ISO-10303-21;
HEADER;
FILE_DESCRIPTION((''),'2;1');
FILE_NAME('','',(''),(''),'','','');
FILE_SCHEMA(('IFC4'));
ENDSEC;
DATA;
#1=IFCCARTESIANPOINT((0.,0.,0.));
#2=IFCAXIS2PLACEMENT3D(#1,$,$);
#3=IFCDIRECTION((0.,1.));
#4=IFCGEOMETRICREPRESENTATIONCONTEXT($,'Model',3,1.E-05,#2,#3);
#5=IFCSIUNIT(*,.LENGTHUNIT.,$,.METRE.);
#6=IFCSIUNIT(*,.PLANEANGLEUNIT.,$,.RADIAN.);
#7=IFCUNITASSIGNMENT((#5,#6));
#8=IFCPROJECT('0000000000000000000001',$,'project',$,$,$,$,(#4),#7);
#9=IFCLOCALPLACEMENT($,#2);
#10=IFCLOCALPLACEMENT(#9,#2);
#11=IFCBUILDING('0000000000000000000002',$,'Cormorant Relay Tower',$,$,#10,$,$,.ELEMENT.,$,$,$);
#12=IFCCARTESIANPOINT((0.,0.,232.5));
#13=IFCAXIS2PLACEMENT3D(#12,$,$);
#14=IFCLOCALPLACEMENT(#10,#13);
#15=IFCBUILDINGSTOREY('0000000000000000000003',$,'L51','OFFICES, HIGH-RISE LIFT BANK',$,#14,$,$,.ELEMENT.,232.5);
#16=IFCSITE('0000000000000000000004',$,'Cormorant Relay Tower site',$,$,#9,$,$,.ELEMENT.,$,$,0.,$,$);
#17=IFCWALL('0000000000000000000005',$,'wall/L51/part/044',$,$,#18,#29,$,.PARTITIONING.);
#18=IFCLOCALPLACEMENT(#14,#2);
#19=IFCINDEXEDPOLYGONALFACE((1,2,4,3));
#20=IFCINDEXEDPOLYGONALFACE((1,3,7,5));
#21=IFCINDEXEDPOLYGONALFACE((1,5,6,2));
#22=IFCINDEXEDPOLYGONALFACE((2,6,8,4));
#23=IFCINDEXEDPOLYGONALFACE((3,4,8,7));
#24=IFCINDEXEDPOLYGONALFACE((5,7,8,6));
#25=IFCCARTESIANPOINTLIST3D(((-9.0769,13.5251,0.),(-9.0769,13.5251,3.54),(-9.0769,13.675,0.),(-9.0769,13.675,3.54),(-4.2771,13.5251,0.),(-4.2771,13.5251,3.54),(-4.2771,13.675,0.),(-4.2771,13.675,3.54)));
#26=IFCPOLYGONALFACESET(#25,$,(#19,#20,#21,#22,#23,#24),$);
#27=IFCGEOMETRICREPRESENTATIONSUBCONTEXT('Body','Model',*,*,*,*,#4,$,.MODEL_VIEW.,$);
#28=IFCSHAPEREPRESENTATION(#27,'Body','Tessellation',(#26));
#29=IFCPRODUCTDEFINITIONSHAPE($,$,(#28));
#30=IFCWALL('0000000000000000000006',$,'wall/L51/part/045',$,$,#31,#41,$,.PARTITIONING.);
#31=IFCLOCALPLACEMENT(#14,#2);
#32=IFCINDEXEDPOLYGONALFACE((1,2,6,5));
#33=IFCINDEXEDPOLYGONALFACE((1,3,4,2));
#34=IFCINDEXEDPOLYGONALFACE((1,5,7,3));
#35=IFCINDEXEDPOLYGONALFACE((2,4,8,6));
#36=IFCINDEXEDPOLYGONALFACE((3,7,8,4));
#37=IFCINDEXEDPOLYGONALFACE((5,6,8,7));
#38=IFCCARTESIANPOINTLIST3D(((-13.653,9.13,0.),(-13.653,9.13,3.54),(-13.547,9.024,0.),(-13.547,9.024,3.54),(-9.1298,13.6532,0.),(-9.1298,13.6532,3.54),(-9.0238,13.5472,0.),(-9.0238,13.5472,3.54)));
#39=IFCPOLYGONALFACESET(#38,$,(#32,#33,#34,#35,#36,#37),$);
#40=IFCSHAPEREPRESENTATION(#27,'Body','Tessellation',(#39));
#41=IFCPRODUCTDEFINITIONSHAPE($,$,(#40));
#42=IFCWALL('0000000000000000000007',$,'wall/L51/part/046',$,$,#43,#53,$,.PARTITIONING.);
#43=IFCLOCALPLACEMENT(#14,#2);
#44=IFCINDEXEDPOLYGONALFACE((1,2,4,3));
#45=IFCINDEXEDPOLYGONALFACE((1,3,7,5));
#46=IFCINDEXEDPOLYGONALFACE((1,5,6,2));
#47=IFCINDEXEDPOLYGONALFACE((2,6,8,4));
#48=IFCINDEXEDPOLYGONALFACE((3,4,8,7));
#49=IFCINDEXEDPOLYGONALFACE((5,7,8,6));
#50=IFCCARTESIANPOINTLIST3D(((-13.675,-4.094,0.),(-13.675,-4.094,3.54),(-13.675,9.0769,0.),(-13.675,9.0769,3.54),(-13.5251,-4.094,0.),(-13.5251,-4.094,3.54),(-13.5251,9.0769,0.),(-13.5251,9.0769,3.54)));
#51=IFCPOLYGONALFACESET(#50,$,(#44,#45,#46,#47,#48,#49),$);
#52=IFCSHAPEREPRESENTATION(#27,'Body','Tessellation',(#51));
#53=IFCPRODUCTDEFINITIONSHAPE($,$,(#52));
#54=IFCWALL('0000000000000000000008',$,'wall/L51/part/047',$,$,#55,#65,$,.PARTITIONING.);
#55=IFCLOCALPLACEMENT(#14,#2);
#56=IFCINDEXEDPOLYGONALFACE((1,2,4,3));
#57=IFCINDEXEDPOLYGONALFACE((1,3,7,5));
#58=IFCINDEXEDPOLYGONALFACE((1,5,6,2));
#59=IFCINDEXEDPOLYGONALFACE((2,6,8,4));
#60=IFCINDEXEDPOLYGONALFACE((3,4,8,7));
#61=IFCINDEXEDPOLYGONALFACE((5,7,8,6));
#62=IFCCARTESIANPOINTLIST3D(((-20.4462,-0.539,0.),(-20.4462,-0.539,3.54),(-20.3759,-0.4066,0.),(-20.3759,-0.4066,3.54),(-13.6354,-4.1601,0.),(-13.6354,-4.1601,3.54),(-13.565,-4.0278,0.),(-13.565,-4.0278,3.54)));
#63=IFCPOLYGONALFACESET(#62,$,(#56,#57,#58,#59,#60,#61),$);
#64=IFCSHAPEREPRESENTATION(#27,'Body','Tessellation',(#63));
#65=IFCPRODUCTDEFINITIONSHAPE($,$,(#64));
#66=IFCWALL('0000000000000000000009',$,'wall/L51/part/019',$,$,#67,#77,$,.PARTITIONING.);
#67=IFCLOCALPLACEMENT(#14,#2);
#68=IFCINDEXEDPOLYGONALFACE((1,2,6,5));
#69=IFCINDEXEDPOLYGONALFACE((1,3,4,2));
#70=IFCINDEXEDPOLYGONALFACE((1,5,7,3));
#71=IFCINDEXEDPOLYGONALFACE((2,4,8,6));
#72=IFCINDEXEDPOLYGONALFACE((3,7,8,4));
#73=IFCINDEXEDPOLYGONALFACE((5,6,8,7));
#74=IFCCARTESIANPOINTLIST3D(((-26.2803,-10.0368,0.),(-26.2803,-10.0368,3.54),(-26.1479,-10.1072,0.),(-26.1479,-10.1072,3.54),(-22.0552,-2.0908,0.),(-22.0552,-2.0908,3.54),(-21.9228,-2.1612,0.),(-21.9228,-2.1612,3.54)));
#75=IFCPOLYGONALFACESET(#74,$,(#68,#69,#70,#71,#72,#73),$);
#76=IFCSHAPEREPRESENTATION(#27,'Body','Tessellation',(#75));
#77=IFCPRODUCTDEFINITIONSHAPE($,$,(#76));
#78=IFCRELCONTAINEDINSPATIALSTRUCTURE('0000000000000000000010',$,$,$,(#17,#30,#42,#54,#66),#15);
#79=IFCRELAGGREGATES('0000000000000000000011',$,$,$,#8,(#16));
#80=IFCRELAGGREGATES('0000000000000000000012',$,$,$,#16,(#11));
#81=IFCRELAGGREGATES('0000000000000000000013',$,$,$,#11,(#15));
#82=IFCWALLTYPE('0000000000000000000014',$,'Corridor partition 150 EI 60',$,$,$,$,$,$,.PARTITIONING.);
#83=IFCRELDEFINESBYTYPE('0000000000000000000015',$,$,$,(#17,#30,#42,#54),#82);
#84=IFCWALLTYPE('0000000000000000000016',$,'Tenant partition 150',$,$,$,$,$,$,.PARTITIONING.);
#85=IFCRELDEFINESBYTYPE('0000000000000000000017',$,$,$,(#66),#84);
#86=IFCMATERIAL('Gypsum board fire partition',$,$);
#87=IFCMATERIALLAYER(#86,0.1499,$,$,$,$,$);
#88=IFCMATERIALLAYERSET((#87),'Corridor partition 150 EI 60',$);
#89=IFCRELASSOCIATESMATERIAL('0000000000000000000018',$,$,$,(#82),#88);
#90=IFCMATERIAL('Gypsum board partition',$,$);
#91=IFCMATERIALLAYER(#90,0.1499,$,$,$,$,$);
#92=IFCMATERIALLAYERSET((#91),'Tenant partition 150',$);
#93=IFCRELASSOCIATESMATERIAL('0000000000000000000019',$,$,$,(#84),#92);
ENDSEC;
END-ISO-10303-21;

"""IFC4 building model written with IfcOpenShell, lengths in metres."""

from ifc_helpers import new_model, si_unit, direction, frame, frame_2d, origin, place, context, subcontext, project, spatial, rectangle, extrude, material, layer, layer_set, type_object, element, save


model = new_model("IFC4")

# Units and contexts
model_context = context("Model", 3, precision=1e-05, world=origin(), true_north=direction((0.0, 1.0)))
body_context = subcontext(model_context, "Body", "Model", "MODEL_VIEW")
ifc_project = project(units=[si_unit("LENGTHUNIT", "METRE"), si_unit("PLANEANGLEUNIT", "RADIAN")], contexts=[model_context])

# Site, building, storey
site_placement = place(None, origin())
site = spatial("IfcSite", under=ifc_project, at=site_placement, Name="Cormorant Relay Tower site", CompositionType="ELEMENT", RefElevation=0.0)
building_placement = place(site_placement, origin())
building = spatial("IfcBuilding", under=site, at=building_placement, Name="Cormorant Relay Tower", CompositionType="ELEMENT")
storey_placement = place(building_placement, frame((0.0, 0.0, 232.5)))
storey = spatial("IfcBuildingStorey", under=building, at=storey_placement, Name="L51", Description="OFFICES, HIGH-RISE LIFT BANK", CompositionType="ELEMENT", Elevation=232.5)

# Shared definitions
ifc_material_1 = material(Name="Gypsum board fire partition")
ifc_layer_1 = layer(ifc_material_1, 0.1499)
ifc_layer_set_1 = layer_set([ifc_layer_1], Name="Corridor partition 150 EI 60")
wall_type_1 = type_object("IfcWallType", Name="Corridor partition 150 EI 60", PredefinedType="PARTITIONING", material=ifc_layer_set_1)

# Walls
wall_1_placement = place(storey_placement, frame((-4.2771, 13.6001, 0.0), z_axis=(0.0, 0.0, 1.0), x_axis=(-1.0, 0.0, 0.0)))
element("IfcWall", 1, at=wall_1_placement, inside=storey, type_object=wall_type_1, Name="wall/L51/part/044", PredefinedType="PARTITIONING", context=body_context, shape_type="SweptSolid", body=[
    extrude(rectangle(XDim=4.7998, YDim=0.1499, at=frame_2d((2.3999, 0.0))), origin(), (0.0, 0.0, 1.0), 3.54),
])
wall_2_placement = place(storey_placement, frame((-9.0769, 13.6001, 0.0), z_axis=(0.0, 0.0, 1.0), x_axis=(-0.707107, -0.707107, 0.0)))
element("IfcWall", 2, at=wall_2_placement, inside=storey, type_object=wall_type_1, Name="wall/L51/part/045", PredefinedType="PARTITIONING", context=body_context, shape_type="SweptSolid", body=[
    extrude(rectangle(XDim=6.3967, YDim=0.1499, at=frame_2d((3.1982, 0.0))), origin(), (0.0, 0.0, 1.0), 3.54),
])
wall_3_placement = place(storey_placement, frame((-13.6001, 9.0769, 0.0), z_axis=(0.0, 0.0, 1.0), x_axis=(0.0, -1.0, 0.0)))
element("IfcWall", 3, at=wall_3_placement, inside=storey, type_object=wall_type_1, Name="wall/L51/part/046", PredefinedType="PARTITIONING", context=body_context, shape_type="SweptSolid", body=[
    extrude(rectangle(XDim=13.1709, YDim=0.1499, at=frame_2d((6.5854, 0.0))), origin(), (0.0, 0.0, 1.0), 3.54),
])
wall_4_placement = place(storey_placement, frame((-13.6001, -4.094, 0.0), z_axis=(0.0, 0.0, 1.0), x_axis=(-0.882962, 0.469444, 0.0)))
element("IfcWall", 4, at=wall_4_placement, inside=storey, type_object=wall_type_1, Name="wall/L51/part/047", PredefinedType="PARTITIONING", context=body_context, shape_type="SweptSolid", body=[
    extrude(rectangle(XDim=7.7136, YDim=0.1499, at=frame_2d((3.8569, 0.0))), origin(), (0.0, 0.0, 1.0), 3.54),
])
ifc_material_2 = material(Name="Gypsum board partition")
ifc_layer_2 = layer(ifc_material_2, 0.1499)
ifc_layer_set_2 = layer_set([ifc_layer_2], Name="Tenant partition 150")
wall_type_2 = type_object("IfcWallType", Name="Tenant partition 150", PredefinedType="PARTITIONING", material=ifc_layer_set_2)
wall_5_placement = place(storey_placement, frame((-21.989, -2.126, 0.0), z_axis=(0.0, 0.0, 1.0), x_axis=(-0.469481, -0.882942, 0.0)))
element("IfcWall", 5, at=wall_5_placement, inside=storey, type_object=wall_type_2, Name="wall/L51/part/019", PredefinedType="PARTITIONING", context=body_context, shape_type="SweptSolid", body=[
    extrude(rectangle(XDim=8.9995, YDim=0.1499, at=frame_2d((4.4998, 0.0))), origin(), (0.0, 0.0, 1.0), 3.54),
])

save(model, "model.ifc")
